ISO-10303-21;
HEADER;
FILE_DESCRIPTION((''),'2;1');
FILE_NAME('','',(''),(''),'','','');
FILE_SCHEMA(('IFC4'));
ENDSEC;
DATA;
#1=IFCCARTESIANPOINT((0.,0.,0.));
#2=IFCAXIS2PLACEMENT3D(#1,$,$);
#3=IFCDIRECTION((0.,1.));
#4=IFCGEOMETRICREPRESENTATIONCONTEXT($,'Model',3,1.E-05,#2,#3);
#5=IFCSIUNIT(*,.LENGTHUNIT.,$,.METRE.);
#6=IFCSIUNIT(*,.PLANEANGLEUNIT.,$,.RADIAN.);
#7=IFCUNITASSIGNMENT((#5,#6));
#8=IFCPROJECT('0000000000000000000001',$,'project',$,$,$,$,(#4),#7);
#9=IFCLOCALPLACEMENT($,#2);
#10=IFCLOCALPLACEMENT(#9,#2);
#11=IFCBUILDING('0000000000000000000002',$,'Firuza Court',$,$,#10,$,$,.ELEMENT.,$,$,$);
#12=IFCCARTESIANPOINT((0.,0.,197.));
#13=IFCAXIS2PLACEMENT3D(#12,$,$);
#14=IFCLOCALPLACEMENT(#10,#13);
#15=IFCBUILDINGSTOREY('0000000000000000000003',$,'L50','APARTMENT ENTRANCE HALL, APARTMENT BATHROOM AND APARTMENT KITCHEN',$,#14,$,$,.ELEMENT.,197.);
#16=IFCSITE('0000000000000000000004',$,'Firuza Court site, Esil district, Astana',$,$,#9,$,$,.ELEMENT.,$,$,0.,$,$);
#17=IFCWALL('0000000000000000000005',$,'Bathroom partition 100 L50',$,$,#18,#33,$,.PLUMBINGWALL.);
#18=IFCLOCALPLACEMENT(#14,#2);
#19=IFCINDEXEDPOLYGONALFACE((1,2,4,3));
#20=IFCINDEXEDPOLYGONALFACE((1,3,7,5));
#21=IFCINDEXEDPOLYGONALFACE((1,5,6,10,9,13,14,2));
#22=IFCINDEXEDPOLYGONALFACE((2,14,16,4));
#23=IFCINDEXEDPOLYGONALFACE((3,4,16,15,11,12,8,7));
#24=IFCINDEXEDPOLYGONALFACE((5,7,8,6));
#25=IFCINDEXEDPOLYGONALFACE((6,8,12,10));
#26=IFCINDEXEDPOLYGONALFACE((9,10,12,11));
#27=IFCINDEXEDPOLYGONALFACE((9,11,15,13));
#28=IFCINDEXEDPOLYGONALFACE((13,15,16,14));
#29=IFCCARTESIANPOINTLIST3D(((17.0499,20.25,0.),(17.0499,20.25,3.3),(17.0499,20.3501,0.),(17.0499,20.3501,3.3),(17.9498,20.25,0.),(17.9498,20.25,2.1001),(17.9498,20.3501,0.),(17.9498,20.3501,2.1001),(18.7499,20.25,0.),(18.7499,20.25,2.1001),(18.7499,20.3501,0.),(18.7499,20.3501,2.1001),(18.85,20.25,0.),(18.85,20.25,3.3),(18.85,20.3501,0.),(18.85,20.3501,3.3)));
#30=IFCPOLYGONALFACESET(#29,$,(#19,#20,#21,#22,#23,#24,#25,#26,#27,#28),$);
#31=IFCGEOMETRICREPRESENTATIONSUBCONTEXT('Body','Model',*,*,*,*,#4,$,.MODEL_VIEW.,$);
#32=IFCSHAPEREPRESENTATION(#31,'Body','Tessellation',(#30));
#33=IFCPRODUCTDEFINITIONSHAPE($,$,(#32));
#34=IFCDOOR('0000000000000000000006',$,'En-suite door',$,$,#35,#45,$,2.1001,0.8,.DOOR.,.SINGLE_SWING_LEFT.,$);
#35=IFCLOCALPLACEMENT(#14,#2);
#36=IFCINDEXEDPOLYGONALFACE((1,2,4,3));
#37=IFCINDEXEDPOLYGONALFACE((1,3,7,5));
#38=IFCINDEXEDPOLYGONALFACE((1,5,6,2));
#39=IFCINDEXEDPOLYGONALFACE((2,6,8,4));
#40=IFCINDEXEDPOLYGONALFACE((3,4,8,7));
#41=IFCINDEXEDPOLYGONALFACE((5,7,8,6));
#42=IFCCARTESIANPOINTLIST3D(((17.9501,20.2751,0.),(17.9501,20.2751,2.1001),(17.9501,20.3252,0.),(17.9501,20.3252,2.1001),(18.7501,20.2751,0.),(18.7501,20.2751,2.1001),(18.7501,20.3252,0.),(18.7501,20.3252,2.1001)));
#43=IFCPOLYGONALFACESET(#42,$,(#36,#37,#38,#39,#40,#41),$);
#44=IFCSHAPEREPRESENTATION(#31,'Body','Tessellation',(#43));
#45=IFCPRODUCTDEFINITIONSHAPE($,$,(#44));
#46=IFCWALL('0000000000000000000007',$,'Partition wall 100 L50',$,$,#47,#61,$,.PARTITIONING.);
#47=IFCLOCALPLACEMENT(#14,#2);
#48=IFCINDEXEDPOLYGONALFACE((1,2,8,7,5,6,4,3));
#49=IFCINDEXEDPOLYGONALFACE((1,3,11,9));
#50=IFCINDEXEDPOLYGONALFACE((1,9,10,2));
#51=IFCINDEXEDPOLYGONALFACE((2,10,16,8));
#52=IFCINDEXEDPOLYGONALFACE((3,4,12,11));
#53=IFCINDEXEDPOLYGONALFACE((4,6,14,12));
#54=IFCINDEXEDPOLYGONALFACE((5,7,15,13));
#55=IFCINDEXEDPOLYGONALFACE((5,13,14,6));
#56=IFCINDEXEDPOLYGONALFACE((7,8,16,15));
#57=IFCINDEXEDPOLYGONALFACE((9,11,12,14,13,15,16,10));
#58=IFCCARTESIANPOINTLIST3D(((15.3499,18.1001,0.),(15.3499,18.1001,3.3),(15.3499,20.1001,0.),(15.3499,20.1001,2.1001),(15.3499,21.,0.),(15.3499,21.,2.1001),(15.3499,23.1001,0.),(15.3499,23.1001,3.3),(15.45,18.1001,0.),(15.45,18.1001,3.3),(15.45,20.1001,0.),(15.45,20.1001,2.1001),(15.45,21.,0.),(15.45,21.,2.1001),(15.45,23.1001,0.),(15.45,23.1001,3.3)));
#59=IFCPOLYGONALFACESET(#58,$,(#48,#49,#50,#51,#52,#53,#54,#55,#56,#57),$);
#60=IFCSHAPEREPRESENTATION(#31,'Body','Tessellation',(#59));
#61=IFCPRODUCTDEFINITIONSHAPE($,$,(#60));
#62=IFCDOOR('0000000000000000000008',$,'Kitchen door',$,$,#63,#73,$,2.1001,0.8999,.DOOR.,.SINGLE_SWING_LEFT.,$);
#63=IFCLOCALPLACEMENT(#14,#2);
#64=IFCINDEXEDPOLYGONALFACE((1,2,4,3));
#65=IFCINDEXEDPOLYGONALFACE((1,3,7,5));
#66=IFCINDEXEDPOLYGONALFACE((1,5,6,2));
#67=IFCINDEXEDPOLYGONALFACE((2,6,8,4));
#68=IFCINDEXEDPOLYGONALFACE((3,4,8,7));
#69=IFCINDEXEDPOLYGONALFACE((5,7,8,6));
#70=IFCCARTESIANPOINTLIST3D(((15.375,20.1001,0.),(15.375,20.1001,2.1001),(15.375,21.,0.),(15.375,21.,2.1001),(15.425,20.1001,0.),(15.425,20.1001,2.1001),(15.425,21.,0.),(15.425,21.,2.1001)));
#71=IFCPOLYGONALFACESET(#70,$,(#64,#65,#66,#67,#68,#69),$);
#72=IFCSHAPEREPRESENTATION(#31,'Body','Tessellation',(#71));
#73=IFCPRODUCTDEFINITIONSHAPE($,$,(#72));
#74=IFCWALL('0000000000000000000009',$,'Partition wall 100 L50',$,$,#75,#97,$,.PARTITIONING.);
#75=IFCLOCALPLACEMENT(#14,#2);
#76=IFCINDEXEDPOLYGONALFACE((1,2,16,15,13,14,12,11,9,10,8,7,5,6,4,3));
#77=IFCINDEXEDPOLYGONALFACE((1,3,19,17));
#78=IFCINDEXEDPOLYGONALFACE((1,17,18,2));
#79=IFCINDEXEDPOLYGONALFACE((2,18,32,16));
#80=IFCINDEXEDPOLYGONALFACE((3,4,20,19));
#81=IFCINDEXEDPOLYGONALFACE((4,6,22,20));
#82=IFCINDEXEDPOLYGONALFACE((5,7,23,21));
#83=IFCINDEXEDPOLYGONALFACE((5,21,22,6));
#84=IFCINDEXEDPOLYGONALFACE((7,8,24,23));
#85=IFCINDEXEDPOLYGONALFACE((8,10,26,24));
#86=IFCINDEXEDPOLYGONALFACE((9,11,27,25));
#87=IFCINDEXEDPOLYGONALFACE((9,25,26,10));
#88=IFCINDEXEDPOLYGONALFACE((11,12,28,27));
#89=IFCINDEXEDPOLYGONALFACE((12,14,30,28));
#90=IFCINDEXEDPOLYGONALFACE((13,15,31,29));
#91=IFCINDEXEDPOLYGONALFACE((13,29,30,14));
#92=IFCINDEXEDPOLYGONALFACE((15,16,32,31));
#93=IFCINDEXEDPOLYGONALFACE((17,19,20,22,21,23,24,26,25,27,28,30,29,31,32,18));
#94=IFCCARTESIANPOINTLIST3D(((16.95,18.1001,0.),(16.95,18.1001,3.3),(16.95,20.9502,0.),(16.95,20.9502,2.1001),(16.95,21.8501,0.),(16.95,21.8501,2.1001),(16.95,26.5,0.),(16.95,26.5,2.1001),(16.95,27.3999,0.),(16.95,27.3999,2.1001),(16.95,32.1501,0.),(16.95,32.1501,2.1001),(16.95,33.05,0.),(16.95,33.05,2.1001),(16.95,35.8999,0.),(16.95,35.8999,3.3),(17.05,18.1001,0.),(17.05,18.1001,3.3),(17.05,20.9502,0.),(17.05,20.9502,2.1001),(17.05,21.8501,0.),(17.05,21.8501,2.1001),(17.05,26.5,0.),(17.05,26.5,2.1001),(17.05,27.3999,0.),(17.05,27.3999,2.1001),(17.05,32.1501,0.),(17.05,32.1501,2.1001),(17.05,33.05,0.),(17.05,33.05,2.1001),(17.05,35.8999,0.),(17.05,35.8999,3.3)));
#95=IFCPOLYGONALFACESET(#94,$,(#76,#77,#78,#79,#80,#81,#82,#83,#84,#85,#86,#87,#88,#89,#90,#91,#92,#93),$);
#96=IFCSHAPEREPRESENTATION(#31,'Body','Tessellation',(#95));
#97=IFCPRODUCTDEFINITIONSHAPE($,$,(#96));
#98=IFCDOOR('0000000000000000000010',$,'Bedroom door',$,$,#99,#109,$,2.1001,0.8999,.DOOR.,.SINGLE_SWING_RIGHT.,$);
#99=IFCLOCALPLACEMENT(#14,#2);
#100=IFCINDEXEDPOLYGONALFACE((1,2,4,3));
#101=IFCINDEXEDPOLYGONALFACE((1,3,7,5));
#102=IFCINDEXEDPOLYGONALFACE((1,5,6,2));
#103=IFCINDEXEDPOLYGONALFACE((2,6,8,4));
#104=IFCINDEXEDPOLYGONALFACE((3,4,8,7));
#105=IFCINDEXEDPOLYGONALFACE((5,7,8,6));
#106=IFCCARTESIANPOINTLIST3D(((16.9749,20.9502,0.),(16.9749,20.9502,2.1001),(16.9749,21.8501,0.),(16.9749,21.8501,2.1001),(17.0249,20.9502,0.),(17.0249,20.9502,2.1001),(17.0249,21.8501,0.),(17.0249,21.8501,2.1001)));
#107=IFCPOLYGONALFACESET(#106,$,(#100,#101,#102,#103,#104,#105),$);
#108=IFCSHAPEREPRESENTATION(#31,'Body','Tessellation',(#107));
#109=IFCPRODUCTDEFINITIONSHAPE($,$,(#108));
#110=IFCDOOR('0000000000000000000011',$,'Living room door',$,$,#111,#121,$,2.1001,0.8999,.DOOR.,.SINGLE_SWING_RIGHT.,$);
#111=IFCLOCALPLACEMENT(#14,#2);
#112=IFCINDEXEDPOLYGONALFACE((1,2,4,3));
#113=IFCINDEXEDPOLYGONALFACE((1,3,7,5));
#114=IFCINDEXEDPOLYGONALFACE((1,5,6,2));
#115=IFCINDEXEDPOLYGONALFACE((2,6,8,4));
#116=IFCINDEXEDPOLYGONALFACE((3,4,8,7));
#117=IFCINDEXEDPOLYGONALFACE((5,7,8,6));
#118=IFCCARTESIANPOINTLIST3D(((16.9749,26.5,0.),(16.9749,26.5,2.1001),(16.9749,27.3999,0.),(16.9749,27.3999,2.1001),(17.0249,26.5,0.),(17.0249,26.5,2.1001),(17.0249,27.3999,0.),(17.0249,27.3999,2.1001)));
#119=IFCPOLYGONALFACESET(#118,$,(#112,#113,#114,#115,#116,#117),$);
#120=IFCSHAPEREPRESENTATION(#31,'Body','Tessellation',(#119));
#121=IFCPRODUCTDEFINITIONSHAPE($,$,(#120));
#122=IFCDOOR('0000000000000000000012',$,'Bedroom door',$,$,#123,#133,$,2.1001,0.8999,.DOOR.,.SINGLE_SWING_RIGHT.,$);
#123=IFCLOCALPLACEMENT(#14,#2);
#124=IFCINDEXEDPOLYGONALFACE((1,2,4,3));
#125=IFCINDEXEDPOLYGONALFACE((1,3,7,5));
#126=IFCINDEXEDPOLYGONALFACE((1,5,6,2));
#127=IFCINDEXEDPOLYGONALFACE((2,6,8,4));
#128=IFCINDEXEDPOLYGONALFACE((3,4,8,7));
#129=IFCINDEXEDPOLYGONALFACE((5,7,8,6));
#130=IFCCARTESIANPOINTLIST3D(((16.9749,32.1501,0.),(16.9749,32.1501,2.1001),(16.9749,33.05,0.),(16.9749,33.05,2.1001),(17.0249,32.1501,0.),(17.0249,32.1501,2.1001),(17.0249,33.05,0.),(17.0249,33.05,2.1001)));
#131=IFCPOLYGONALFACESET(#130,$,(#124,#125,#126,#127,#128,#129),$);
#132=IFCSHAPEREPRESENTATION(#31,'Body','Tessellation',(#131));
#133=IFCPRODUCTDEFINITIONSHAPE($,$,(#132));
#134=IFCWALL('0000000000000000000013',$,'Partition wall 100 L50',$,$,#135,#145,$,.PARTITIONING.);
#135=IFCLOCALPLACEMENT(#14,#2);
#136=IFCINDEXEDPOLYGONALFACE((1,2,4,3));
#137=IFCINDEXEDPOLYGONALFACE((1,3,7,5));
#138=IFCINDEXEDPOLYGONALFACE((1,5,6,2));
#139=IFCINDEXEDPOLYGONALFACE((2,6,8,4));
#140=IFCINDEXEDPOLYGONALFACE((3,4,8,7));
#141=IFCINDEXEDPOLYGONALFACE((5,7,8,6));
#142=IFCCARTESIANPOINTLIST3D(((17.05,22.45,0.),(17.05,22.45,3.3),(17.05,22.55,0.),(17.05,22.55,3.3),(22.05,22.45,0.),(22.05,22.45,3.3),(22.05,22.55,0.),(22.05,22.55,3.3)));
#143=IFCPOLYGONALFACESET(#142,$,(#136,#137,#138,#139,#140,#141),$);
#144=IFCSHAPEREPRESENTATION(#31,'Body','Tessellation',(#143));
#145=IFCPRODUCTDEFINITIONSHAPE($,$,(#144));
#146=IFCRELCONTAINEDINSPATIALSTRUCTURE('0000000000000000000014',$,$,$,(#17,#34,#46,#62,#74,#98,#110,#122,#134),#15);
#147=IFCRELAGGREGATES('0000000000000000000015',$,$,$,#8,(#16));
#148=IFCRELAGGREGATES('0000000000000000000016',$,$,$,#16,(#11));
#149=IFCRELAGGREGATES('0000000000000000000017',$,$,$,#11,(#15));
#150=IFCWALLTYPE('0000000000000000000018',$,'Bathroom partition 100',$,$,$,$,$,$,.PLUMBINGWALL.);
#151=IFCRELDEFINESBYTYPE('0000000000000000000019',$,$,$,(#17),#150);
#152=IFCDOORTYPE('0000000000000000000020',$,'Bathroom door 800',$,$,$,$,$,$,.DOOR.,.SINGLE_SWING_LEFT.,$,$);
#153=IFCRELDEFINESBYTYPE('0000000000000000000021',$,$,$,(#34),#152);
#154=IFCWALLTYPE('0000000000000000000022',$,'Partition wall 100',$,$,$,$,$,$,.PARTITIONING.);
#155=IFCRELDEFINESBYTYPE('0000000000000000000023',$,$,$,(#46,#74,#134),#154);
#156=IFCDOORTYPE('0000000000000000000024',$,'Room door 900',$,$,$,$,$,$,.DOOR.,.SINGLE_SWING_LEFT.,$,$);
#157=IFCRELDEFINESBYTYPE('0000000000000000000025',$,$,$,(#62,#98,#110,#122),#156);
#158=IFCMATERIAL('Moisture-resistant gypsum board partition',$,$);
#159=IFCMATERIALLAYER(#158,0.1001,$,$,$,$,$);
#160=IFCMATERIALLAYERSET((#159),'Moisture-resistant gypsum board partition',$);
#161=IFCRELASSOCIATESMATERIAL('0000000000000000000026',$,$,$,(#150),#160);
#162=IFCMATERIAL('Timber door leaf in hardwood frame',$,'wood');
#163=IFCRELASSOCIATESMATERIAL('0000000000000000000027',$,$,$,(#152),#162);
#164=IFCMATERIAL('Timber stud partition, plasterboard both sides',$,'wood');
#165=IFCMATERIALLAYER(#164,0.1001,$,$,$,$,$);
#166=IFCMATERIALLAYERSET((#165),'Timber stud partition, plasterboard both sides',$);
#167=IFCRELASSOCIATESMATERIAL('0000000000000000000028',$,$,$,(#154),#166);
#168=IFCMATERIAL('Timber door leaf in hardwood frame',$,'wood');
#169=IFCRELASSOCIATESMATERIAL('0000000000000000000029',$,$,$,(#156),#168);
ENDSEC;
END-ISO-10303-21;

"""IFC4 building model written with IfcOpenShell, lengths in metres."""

from ifc_helpers import new_model, si_unit, direction, frame, frame_2d, origin, place, context, subcontext, project, spatial, rectangle, extrude, material, layer, layer_set, type_object, element, fill, save


model = new_model("IFC4")

# Units and contexts
model_context = context("Model", 3, precision=1e-05, world=origin(), true_north=direction((0.0, 1.0)))
body_context = subcontext(model_context, "Body", "Model", "MODEL_VIEW")
ifc_project = project(units=[si_unit("LENGTHUNIT", "METRE"), si_unit("PLANEANGLEUNIT", "RADIAN")], contexts=[model_context])

# Site, building, storey
site_placement = place(None, origin())
site = spatial("IfcSite", under=ifc_project, at=site_placement, Name="Firuza Court site, Esil district, Astana", CompositionType="ELEMENT", RefElevation=0.0)
building_placement = place(site_placement, origin())
building = spatial("IfcBuilding", under=site, at=building_placement, Name="Firuza Court", CompositionType="ELEMENT")
storey_placement = place(building_placement, frame((0.0, 0.0, 197.0)))
storey = spatial("IfcBuildingStorey", under=building, at=storey_placement, Name="L50", Description="APARTMENT ENTRANCE HALL, APARTMENT BATHROOM AND APARTMENT KITCHEN", CompositionType="ELEMENT", Elevation=197.0)

# Walls, openings, doors
ifc_material_1 = material(Name="Moisture-resistant gypsum board partition")
ifc_layer_1 = layer(ifc_material_1, 0.1001)
ifc_layer_set_1 = layer_set([ifc_layer_1], Name="Moisture-resistant gypsum board partition")
wall_type_1 = type_object("IfcWallType", Name="Bathroom partition 100", PredefinedType="PLUMBINGWALL", material=ifc_layer_set_1)
wall_1_placement = place(storey_placement, frame((17.05, 20.3, 0.0), z_axis=(0.0, 0.0, 1.0), x_axis=(1.0, 0.0, 0.0)))
wall_1 = element("IfcWall", 1, at=wall_1_placement, inside=storey, type_object=wall_type_1, Name="Bathroom partition 100 L50", PredefinedType="PLUMBINGWALL", context=body_context, shape_type="SweptSolid", body=[
    extrude(rectangle(XDim=1.8, YDim=0.1001, at=frame_2d((0.8999, 0.0))), origin(), (0.0, 0.0, 1.0), 3.3),
])
opening_1_placement = place(wall_1_placement, frame((0.8999, 0.0, 0.0)))
opening_1 = element("IfcOpeningElement", 2, at=opening_1_placement, cuts=wall_1, PredefinedType="OPENING", context=body_context, shape_type="SweptSolid", body=[
    extrude(rectangle(XDim=0.8, YDim=2.1001, at=frame_2d((0.3999, 1.05))), frame((0.0, 0.062, 0.0), z_axis=(0.0, -1.0, 0.0), x_axis=(1.0, 0.0, 0.0)), (0.0, 0.0, 1.0), 0.124),
])
ifc_material_2 = material(Name="Timber door leaf in hardwood frame", Category="wood")
door_type_1 = type_object("IfcDoorType", Name="Bathroom door 800", OperationType="SINGLE_SWING_LEFT", PredefinedType="DOOR", material=ifc_material_2)
door_1_placement = place(opening_1_placement, frame((0.8, 0.0, 0.0), z_axis=(0.0, 0.0, 1.0), x_axis=(-1.0, 0.0, 0.0)))
door_1 = element("IfcDoor", 3, at=door_1_placement, inside=storey, type_object=door_type_1, Name="En-suite door", OperationType="SINGLE_SWING_LEFT", OverallHeight=2.1001, OverallWidth=0.8, PredefinedType="DOOR", context=body_context, shape_type="SweptSolid", body=[
    extrude(rectangle(XDim=0.8, YDim=2.1001, at=frame_2d((0.3999, 1.05))), frame((0.0, 0.0249, 0.0), z_axis=(0.0, -1.0, 0.0), x_axis=(1.0, 0.0, 0.0)), (0.0, 0.0, 1.0), 0.05),
])
fill(opening_1, door_1)
ifc_material_3 = material(Name="Timber stud partition, plasterboard both sides", Category="wood")
ifc_layer_2 = layer(ifc_material_3, 0.1001)
ifc_layer_set_2 = layer_set([ifc_layer_2], Name="Timber stud partition, plasterboard both sides")
wall_type_2 = type_object("IfcWallType", Name="Partition wall 100", PredefinedType="PARTITIONING", material=ifc_layer_set_2)
wall_2_placement = place(storey_placement, frame((15.3999, 18.1001, 0.0), z_axis=(0.0, 0.0, 1.0), x_axis=(0.0, 1.0, 0.0)))
wall_2 = element("IfcWall", 4, at=wall_2_placement, inside=storey, type_object=wall_type_2, Name="Partition wall 100 L50", PredefinedType="PARTITIONING", context=body_context, shape_type="SweptSolid", body=[
    extrude(rectangle(XDim=5.0, YDim=0.1001, at=frame_2d((2.5, 0.0))), origin(), (0.0, 0.0, 1.0), 3.3),
])
opening_2_placement = place(wall_2_placement, frame((2.0, 0.0, 0.0)))
opening_2 = element("IfcOpeningElement", 5, at=opening_2_placement, cuts=wall_2, PredefinedType="OPENING", context=body_context, shape_type="SweptSolid", body=[
    extrude(rectangle(XDim=0.8999, YDim=2.1001, at=frame_2d((0.45, 1.05))), frame((0.0, 0.062, 0.0), z_axis=(0.0, -1.0, 0.0), x_axis=(1.0, 0.0, 0.0)), (0.0, 0.0, 1.0), 0.124),
])
ifc_material_4 = material(Name="Timber door leaf in hardwood frame", Category="wood")
door_type_2 = type_object("IfcDoorType", Name="Room door 900", OperationType="SINGLE_SWING_LEFT", PredefinedType="DOOR", material=ifc_material_4)
door_2_placement = place(opening_2_placement, origin())
door_2 = element("IfcDoor", 6, at=door_2_placement, inside=storey, type_object=door_type_2, Name="Kitchen door", OperationType="SINGLE_SWING_LEFT", OverallHeight=2.1001, OverallWidth=0.8999, PredefinedType="DOOR", context=body_context, shape_type="SweptSolid", body=[
    extrude(rectangle(XDim=0.8999, YDim=2.1001, at=frame_2d((0.45, 1.05))), frame((0.0, 0.0249, 0.0), z_axis=(0.0, -1.0, 0.0), x_axis=(1.0, 0.0, 0.0)), (0.0, 0.0, 1.0), 0.05),
])
fill(opening_2, door_2)

# Wall, openings, doors
wall_3_placement = place(storey_placement, frame((17.0, 18.1001, 0.0), z_axis=(0.0, 0.0, 1.0), x_axis=(0.0, 1.0, 0.0)))
wall_3 = element("IfcWall", 7, at=wall_3_placement, inside=storey, type_object=wall_type_2, Name="Partition wall 100 L50", PredefinedType="PARTITIONING", context=body_context, shape_type="SweptSolid", body=[
    extrude(rectangle(XDim=17.7998, YDim=0.1001, at=frame_2d((8.8999, 0.0))), origin(), (0.0, 0.0, 1.0), 3.3),
])
opening_3_placement = place(wall_3_placement, frame((2.8501, 0.0, 0.0)))
opening_3 = element("IfcOpeningElement", 8, at=opening_3_placement, cuts=wall_3, PredefinedType="OPENING", context=body_context, shape_type="SweptSolid", body=[
    extrude(rectangle(XDim=0.8999, YDim=2.1001, at=frame_2d((0.45, 1.05))), frame((0.0, 0.062, 0.0), z_axis=(0.0, -1.0, 0.0), x_axis=(1.0, 0.0, 0.0)), (0.0, 0.0, 1.0), 0.124),
])
opening_4_placement = place(wall_3_placement, frame((8.3999, 0.0, 0.0)))
opening_4 = element("IfcOpeningElement", 9, at=opening_4_placement, cuts=wall_3, PredefinedType="OPENING", context=body_context, shape_type="SweptSolid", body=[
    extrude(rectangle(XDim=0.8999, YDim=2.1001, at=frame_2d((0.45, 1.05))), frame((0.0, 0.062, 0.0), z_axis=(0.0, -1.0, 0.0), x_axis=(1.0, 0.0, 0.0)), (0.0, 0.0, 1.0), 0.124),
])
opening_5_placement = place(wall_3_placement, frame((14.05, 0.0, 0.0)))
opening_5 = element("IfcOpeningElement", 10, at=opening_5_placement, cuts=wall_3, PredefinedType="OPENING", context=body_context, shape_type="SweptSolid", body=[
    extrude(rectangle(XDim=0.8999, YDim=2.1001, at=frame_2d((0.45, 1.05))), frame((0.0, 0.062, 0.0), z_axis=(0.0, -1.0, 0.0), x_axis=(1.0, 0.0, 0.0)), (0.0, 0.0, 1.0), 0.124),
])
door_3_placement = place(opening_3_placement, frame((0.8999, 0.0, 0.0), z_axis=(0.0, 0.0, 1.0), x_axis=(-1.0, 0.0, 0.0)))
door_3 = element("IfcDoor", 11, at=door_3_placement, inside=storey, type_object=door_type_2, Name="Bedroom door", OperationType="SINGLE_SWING_RIGHT", OverallHeight=2.1001, OverallWidth=0.8999, PredefinedType="DOOR", context=body_context, shape_type="SweptSolid", body=[
    extrude(rectangle(XDim=0.8999, YDim=2.1001, at=frame_2d((0.45, 1.05))), frame((0.0, 0.0249, 0.0), z_axis=(0.0, -1.0, 0.0), x_axis=(1.0, 0.0, 0.0)), (0.0, 0.0, 1.0), 0.05),
])
fill(opening_3, door_3)
door_4_placement = place(opening_4_placement, frame((0.8999, 0.0, 0.0), z_axis=(0.0, 0.0, 1.0), x_axis=(-1.0, 0.0, 0.0)))
door_4 = element("IfcDoor", 12, at=door_4_placement, inside=storey, type_object=door_type_2, Name="Living room door", OperationType="SINGLE_SWING_RIGHT", OverallHeight=2.1001, OverallWidth=0.8999, PredefinedType="DOOR", context=body_context, shape_type="SweptSolid", body=[
    extrude(rectangle(XDim=0.8999, YDim=2.1001, at=frame_2d((0.45, 1.05))), frame((0.0, 0.0249, 0.0), z_axis=(0.0, -1.0, 0.0), x_axis=(1.0, 0.0, 0.0)), (0.0, 0.0, 1.0), 0.05),
])
fill(opening_4, door_4)
door_5_placement = place(opening_5_placement, frame((0.8999, 0.0, 0.0), z_axis=(0.0, 0.0, 1.0), x_axis=(-1.0, 0.0, 0.0)))
door_5 = element("IfcDoor", 13, at=door_5_placement, inside=storey, type_object=door_type_2, Name="Bedroom door", OperationType="SINGLE_SWING_RIGHT", OverallHeight=2.1001, OverallWidth=0.8999, PredefinedType="DOOR", context=body_context, shape_type="SweptSolid", body=[
    extrude(rectangle(XDim=0.8999, YDim=2.1001, at=frame_2d((0.45, 1.05))), frame((0.0, 0.0249, 0.0), z_axis=(0.0, -1.0, 0.0), x_axis=(1.0, 0.0, 0.0)), (0.0, 0.0, 1.0), 0.05),
])
fill(opening_5, door_5)

# Wall
wall_4_placement = place(storey_placement, frame((17.05, 22.5, 0.0), z_axis=(0.0, 0.0, 1.0), x_axis=(1.0, 0.0, 0.0)))
element("IfcWall", 14, at=wall_4_placement, inside=storey, type_object=wall_type_2, Name="Partition wall 100 L50", PredefinedType="PARTITIONING", context=body_context, shape_type="SweptSolid", body=[
    extrude(rectangle(XDim=5.0, YDim=0.1001, at=frame_2d((2.5, 0.0))), origin(), (0.0, 0.0, 1.0), 3.3),
])

save(model, "model.ifc")
